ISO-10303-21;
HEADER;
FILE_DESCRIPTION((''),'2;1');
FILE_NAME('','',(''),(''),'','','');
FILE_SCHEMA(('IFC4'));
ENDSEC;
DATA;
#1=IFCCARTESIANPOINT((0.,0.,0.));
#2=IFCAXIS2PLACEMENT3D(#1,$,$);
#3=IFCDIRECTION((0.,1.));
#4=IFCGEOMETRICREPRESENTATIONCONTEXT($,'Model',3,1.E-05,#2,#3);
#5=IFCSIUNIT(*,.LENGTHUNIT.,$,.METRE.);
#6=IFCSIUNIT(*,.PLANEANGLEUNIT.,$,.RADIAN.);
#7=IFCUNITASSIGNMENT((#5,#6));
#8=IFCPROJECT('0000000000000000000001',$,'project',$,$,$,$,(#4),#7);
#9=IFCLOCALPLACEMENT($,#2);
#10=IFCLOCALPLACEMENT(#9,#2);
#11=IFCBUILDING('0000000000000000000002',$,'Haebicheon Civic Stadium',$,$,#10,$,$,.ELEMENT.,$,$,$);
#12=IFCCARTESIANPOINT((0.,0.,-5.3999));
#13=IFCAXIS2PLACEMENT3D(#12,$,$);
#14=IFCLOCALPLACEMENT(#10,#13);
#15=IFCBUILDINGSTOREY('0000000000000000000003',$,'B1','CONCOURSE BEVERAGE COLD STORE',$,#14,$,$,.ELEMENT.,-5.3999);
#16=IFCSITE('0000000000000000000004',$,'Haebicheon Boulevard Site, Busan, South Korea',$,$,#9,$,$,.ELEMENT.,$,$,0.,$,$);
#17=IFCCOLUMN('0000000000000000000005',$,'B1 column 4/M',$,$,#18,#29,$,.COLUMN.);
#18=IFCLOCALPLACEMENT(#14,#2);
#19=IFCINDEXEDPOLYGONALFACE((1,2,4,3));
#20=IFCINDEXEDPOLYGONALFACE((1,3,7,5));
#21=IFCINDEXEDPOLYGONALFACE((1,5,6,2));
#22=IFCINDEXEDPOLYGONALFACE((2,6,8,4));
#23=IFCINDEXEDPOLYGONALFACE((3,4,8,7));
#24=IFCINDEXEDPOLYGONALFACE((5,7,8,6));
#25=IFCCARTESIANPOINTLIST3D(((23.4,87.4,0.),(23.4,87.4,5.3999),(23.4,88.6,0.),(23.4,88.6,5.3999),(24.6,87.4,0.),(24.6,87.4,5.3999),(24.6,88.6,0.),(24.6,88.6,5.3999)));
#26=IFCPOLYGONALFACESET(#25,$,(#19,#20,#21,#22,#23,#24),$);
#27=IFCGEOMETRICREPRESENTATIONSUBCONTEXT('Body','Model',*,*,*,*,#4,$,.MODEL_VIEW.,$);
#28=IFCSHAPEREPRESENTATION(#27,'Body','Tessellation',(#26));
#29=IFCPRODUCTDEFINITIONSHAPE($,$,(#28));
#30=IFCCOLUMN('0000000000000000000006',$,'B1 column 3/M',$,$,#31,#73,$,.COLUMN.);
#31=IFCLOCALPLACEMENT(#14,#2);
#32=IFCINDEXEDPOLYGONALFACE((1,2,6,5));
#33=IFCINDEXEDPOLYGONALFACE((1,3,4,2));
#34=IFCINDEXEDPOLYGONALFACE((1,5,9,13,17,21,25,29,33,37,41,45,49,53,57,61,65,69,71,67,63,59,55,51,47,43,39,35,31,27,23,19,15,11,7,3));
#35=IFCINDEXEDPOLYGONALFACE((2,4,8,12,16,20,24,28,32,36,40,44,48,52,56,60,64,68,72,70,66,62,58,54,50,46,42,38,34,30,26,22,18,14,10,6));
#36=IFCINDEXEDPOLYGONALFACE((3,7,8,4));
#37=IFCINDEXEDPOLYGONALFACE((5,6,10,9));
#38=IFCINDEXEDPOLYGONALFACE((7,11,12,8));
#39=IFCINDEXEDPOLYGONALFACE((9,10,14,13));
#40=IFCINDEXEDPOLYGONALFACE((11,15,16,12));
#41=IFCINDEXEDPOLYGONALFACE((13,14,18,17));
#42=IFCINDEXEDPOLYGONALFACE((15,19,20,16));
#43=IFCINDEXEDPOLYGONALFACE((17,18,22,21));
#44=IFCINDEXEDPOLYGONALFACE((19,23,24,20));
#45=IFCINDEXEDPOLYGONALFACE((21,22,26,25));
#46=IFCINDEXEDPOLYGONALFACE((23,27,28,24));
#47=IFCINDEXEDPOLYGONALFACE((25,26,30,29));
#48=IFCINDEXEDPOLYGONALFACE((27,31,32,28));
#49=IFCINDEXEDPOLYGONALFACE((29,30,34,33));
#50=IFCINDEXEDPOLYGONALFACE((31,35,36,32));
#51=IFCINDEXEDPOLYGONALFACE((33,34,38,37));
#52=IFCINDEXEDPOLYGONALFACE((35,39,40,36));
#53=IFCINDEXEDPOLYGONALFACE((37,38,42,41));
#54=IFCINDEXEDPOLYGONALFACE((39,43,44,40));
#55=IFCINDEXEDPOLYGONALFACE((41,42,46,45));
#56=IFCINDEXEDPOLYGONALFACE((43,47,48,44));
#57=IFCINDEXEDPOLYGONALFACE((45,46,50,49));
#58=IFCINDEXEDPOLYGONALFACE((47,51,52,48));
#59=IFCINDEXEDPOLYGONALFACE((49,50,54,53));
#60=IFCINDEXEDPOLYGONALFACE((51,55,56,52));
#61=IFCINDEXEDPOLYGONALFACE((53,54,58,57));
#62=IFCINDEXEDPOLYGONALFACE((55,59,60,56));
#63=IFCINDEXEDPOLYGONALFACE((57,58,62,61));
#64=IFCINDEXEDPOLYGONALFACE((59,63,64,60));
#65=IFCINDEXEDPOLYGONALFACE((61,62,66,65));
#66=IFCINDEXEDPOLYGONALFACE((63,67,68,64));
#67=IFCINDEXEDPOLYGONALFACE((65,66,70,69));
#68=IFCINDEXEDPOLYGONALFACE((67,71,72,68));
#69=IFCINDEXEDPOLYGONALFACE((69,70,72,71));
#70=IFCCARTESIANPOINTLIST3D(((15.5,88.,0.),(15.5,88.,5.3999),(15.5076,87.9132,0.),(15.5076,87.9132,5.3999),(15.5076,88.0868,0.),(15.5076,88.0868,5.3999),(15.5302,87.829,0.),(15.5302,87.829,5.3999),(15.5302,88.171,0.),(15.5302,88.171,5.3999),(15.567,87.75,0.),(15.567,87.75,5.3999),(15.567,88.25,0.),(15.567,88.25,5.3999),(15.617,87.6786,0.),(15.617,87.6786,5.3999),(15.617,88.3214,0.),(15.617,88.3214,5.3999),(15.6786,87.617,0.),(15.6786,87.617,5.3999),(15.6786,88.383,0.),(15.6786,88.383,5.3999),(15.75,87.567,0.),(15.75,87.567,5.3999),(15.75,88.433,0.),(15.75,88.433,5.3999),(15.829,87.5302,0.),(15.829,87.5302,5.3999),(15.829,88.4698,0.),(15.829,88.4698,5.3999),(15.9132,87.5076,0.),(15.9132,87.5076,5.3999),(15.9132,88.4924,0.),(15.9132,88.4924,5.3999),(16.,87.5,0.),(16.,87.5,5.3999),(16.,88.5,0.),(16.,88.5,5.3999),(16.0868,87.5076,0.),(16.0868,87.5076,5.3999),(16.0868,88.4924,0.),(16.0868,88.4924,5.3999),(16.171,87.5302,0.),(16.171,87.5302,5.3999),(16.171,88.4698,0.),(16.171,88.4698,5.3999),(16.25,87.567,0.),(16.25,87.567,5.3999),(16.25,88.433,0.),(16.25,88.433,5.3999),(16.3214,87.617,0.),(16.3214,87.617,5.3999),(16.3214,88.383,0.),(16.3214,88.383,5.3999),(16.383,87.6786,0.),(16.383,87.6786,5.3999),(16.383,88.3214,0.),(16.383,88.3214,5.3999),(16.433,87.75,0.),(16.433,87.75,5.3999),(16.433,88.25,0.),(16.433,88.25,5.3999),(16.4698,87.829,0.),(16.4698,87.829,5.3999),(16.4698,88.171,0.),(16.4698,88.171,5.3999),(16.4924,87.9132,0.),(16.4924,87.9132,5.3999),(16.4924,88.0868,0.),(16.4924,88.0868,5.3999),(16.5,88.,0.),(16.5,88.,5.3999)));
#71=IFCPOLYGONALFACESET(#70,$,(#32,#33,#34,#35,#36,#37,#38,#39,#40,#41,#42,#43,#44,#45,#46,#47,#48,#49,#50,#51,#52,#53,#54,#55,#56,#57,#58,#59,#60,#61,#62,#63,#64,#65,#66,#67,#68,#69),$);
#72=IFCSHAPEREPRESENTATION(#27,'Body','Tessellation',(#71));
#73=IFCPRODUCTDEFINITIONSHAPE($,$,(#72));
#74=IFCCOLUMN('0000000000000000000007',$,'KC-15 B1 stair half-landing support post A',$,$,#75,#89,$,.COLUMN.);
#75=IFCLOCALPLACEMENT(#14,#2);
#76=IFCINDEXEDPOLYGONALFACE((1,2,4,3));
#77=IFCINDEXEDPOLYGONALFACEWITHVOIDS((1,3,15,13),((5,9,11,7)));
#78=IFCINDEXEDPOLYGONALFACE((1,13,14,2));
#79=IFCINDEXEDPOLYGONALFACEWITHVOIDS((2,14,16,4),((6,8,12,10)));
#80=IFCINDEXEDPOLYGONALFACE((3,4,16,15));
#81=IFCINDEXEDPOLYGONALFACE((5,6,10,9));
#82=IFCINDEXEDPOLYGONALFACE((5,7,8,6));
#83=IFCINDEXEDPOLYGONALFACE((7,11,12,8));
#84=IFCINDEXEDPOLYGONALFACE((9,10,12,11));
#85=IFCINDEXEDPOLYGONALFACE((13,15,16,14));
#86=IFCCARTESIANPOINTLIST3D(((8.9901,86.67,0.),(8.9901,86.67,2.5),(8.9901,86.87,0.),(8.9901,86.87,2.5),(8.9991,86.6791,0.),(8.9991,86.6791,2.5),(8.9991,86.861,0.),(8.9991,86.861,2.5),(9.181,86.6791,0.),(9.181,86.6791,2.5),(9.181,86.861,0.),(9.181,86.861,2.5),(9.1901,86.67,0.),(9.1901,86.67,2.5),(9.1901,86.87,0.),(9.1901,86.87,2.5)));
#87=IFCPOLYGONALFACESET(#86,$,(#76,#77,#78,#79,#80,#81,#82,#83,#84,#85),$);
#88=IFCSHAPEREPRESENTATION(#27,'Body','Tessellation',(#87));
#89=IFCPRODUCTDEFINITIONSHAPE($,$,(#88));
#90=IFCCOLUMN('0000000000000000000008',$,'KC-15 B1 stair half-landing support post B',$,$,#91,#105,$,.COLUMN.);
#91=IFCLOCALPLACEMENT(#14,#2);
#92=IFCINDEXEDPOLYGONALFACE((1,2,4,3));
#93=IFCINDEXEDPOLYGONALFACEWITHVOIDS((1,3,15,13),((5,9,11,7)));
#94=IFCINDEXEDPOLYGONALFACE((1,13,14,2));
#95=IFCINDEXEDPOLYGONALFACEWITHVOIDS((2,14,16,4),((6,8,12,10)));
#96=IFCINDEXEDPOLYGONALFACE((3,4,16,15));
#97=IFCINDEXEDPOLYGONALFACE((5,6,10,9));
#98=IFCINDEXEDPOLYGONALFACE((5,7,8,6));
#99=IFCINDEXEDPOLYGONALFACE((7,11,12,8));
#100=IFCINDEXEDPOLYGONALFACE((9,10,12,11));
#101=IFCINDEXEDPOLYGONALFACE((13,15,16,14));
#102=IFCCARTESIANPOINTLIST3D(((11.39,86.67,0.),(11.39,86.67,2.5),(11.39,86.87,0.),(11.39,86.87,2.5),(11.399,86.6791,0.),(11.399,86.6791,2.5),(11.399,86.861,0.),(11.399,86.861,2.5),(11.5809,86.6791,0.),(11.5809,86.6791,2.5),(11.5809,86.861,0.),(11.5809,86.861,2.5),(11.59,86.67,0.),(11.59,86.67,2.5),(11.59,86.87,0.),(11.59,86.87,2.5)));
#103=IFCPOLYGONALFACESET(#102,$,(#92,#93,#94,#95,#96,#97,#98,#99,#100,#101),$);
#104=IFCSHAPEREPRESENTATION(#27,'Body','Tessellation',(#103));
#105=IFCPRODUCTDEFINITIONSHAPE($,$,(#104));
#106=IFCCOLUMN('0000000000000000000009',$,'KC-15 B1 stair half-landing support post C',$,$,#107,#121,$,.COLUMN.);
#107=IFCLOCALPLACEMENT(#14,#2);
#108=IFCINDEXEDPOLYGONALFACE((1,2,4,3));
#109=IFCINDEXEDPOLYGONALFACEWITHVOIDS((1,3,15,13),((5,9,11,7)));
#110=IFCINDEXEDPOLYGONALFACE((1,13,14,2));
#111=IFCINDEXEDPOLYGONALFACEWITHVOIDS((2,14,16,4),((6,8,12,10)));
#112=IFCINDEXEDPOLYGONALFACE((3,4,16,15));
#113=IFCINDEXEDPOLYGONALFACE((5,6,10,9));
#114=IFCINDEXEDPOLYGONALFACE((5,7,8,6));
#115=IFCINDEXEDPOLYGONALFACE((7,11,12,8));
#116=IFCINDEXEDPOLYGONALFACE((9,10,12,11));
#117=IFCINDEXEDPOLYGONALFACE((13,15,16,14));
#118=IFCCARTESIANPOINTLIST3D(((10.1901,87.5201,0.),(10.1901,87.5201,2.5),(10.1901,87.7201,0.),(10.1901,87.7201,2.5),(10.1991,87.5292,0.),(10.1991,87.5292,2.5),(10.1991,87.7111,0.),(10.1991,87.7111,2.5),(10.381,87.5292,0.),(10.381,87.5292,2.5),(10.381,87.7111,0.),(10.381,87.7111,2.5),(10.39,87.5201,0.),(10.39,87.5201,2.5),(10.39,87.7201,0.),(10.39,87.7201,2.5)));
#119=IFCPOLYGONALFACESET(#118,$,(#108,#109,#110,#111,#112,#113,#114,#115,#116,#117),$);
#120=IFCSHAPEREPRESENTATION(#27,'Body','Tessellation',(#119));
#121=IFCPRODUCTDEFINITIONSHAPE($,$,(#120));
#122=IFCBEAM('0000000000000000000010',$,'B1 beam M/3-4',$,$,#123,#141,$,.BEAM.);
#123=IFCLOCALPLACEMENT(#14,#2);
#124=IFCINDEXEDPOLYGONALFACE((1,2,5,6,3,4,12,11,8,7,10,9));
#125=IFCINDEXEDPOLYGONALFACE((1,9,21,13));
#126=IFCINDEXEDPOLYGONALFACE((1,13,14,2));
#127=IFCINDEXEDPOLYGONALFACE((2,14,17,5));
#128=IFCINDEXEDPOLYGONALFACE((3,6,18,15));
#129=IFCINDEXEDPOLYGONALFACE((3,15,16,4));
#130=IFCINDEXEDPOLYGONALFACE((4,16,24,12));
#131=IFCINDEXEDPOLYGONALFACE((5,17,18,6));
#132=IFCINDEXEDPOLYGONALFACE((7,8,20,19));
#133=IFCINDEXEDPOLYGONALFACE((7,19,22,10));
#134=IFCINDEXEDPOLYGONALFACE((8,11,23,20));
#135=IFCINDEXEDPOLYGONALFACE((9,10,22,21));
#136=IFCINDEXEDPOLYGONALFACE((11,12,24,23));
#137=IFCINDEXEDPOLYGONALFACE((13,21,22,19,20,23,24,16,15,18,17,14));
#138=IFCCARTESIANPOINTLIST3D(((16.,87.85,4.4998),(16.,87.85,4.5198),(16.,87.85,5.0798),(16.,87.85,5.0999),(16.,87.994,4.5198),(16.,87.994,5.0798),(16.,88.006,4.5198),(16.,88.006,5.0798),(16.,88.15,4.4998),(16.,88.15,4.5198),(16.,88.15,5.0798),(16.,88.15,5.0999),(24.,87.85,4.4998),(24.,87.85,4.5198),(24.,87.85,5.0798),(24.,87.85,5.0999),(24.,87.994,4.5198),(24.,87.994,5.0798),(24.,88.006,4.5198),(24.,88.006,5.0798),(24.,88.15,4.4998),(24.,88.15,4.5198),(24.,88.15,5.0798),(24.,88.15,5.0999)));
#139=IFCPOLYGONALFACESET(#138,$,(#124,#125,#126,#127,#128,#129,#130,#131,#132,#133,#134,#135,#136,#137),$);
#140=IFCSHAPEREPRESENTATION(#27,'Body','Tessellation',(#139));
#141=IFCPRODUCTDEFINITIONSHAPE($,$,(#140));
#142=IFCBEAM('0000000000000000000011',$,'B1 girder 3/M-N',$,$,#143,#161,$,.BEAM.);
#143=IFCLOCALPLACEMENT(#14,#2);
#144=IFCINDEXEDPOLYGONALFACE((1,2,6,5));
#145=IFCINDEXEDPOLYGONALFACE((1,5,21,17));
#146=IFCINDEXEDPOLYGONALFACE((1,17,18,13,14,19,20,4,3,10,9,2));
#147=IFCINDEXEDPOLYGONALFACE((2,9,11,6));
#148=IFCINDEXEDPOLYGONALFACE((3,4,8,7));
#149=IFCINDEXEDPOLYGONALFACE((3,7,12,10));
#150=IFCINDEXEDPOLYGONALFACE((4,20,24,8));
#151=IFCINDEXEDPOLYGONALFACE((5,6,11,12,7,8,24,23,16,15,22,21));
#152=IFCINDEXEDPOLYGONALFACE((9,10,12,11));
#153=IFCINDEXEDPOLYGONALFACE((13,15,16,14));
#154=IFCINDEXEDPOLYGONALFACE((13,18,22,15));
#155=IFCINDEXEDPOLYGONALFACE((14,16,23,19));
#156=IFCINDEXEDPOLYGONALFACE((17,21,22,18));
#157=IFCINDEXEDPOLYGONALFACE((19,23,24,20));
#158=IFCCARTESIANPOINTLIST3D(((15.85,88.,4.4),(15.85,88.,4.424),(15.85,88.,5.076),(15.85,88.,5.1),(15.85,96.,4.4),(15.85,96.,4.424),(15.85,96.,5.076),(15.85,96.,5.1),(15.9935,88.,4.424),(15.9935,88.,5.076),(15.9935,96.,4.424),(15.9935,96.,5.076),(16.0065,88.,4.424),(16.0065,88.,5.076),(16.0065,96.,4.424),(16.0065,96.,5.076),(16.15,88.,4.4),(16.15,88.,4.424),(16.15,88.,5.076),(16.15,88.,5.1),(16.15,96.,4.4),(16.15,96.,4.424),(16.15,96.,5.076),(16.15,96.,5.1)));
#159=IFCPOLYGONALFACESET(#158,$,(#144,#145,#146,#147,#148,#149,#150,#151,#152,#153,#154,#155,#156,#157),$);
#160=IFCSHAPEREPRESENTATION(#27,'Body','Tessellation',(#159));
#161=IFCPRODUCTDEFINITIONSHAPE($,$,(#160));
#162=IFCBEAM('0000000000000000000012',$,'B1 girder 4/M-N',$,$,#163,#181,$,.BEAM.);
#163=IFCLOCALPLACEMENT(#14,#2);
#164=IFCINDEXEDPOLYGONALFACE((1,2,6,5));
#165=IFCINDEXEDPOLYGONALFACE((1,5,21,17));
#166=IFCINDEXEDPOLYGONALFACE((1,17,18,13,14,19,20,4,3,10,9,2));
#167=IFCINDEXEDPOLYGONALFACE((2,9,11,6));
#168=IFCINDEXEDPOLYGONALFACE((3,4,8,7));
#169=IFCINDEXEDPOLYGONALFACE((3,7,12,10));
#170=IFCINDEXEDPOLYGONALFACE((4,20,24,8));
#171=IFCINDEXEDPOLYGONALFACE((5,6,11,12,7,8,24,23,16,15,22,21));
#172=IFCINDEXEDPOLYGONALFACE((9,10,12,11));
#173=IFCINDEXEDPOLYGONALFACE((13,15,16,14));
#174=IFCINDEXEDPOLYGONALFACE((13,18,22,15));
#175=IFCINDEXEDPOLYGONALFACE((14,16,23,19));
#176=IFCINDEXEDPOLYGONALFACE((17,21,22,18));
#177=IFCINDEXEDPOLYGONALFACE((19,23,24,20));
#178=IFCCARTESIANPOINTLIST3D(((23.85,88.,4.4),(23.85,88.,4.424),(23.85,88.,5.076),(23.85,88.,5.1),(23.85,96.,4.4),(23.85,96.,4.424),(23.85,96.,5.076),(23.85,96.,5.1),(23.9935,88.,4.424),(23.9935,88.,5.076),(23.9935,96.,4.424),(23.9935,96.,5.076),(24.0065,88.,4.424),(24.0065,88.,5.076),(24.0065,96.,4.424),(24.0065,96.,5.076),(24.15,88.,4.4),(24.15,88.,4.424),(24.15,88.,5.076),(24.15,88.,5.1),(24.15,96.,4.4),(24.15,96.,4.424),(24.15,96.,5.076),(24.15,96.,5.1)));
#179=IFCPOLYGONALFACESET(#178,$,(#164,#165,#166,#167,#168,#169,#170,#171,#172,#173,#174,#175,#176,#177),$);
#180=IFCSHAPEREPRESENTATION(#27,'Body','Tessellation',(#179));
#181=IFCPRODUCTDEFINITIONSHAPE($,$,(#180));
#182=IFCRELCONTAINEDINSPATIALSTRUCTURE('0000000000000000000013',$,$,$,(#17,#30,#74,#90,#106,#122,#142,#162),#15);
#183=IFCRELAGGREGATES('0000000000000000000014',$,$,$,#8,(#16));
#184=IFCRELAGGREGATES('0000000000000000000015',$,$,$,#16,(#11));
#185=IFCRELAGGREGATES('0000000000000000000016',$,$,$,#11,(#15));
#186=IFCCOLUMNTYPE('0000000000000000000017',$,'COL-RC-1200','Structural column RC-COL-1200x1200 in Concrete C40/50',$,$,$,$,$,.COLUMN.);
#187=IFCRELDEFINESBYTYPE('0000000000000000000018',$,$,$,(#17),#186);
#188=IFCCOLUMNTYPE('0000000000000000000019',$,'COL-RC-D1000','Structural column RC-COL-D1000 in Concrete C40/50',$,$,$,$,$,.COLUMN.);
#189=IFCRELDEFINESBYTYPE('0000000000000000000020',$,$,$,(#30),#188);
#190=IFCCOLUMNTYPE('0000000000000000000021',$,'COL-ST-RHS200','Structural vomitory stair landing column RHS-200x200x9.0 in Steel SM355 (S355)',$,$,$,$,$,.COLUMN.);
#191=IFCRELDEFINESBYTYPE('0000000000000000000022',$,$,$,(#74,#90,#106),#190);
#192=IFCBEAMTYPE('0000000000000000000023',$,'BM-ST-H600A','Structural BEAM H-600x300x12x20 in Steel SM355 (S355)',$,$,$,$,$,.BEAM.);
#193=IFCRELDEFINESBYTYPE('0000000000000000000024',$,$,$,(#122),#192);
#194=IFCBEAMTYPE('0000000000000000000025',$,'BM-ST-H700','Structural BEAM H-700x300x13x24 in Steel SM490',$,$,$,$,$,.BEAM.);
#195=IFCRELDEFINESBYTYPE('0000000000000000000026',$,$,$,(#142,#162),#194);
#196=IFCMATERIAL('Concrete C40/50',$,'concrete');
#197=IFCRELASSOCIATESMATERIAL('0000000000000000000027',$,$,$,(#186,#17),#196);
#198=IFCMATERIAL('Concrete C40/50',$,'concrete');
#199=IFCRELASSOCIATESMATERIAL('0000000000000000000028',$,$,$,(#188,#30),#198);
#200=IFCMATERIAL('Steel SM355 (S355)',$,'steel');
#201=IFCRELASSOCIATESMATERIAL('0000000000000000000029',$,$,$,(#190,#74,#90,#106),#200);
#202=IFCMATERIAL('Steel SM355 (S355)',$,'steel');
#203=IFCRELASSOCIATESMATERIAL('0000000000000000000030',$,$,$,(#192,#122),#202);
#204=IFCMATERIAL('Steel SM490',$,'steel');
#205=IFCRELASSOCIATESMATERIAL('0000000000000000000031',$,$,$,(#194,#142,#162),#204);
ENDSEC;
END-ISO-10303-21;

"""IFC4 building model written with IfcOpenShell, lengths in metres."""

from ifc_helpers import new_model, si_unit, direction, frame, origin, origin_2d, place, context, subcontext, project, spatial, rectangle, hollow_rectangle, circle, i_section, extrude, material, material_profile, profile_set, type_object, element, save


model = new_model("IFC4")

# Units and contexts
model_context = context("Model", 3, precision=1e-05, world=origin(), true_north=direction((0.0, 1.0)))
body_context = subcontext(model_context, "Body", "Model", "MODEL_VIEW")
ifc_project = project(units=[si_unit("LENGTHUNIT", "METRE"), si_unit("PLANEANGLEUNIT", "RADIAN")], contexts=[model_context])

# Site, building, storey
site_placement = place(None, origin())
site = spatial("IfcSite", under=ifc_project, at=site_placement, Name="Haebicheon Boulevard Site, Busan, South Korea", CompositionType="ELEMENT", RefElevation=0.0)
building_placement = place(site_placement, origin())
building = spatial("IfcBuilding", under=site, at=building_placement, Name="Haebicheon Civic Stadium", CompositionType="ELEMENT")
storey_placement = place(building_placement, frame((0.0, 0.0, -5.3999)))
storey = spatial("IfcBuildingStorey", under=building, at=storey_placement, Name="B1", Description="CONCOURSE BEVERAGE COLD STORE", CompositionType="ELEMENT", Elevation=-5.3999)

# Columns
ifc_material_1 = material(Name="Concrete C40/50", Category="concrete")
ifc_material_profile_1 = material_profile(ifc_material_1, rectangle(XDim=1.2, YDim=1.2, at=origin_2d()), Name="RC-COL-1200x1200")
ifc_profile_set_1 = profile_set([ifc_material_profile_1], Name="Concrete C40/50")
column_type_1 = type_object("IfcColumnType", Name="COL-RC-1200", Description="Structural column RC-COL-1200x1200 in Concrete C40/50", PredefinedType="COLUMN", material=ifc_profile_set_1)
column_1_placement = place(storey_placement, frame((24.0, 88.0, 0.0), z_axis=(0.0, 0.0, 1.0), x_axis=(1.0, 0.0, 0.0)))
element("IfcColumn", 1, at=column_1_placement, inside=storey, type_object=column_type_1, material=ifc_profile_set_1, Name="B1 column 4/M", PredefinedType="COLUMN", context=body_context, shape_type="SweptSolid", body=[
    extrude(rectangle(XDim=1.2, YDim=1.2, at=origin_2d()), origin(), (0.0, 0.0, 1.0), 5.3999),
])
ifc_material_2 = material(Name="Concrete C40/50", Category="concrete")
ifc_material_profile_2 = material_profile(ifc_material_2, circle(Radius=0.5, at=origin_2d()), Name="RC-COL-D1000")
ifc_profile_set_2 = profile_set([ifc_material_profile_2], Name="Concrete C40/50")
column_type_2 = type_object("IfcColumnType", Name="COL-RC-D1000", Description="Structural column RC-COL-D1000 in Concrete C40/50", PredefinedType="COLUMN", material=ifc_profile_set_2)
column_2_placement = place(storey_placement, frame((16.0, 88.0, 0.0), z_axis=(0.0, 0.0, 1.0), x_axis=(1.0, 0.0, 0.0)))
element("IfcColumn", 2, at=column_2_placement, inside=storey, type_object=column_type_2, material=ifc_profile_set_2, Name="B1 column 3/M", PredefinedType="COLUMN", context=body_context, shape_type="SweptSolid", body=[
    extrude(circle(Radius=0.5, at=origin_2d()), origin(), (0.0, 0.0, 1.0), 5.3999),
])
ifc_material_3 = material(Name="Steel SM355 (S355)", Category="steel")
ifc_material_profile_3 = material_profile(ifc_material_3, hollow_rectangle(XDim=0.2, YDim=0.2, WallThickness=0.009, at=origin_2d()), Name="RHS-200x200x9.0")
ifc_profile_set_3 = profile_set([ifc_material_profile_3], Name="Steel SM355 (S355)")
column_type_3 = type_object("IfcColumnType", Name="COL-ST-RHS200", Description="Structural vomitory stair landing column RHS-200x200x9.0 in Steel SM355 (S355)", PredefinedType="COLUMN", material=ifc_profile_set_3)
for number, where, z_axis, x_axis, name in (
    (3, (9.0901, 86.77, 0.0), (0.0, 0.0, 1.0), (1.0, 0.0, 0.0), "KC-15 B1 stair half-landing support post A"),
    (4, (11.49, 86.77, 0.0), (0.0, 0.0, 1.0), (1.0, 0.0, 0.0), "KC-15 B1 stair half-landing support post B"),
    (5, (10.29, 87.6201, 0.0), (0.0, 0.0, 1.0), (1.0, 0.0, 0.0), "KC-15 B1 stair half-landing support post C"),
):
    element("IfcColumn", number, at=place(storey_placement, frame(where, z_axis=z_axis, x_axis=x_axis)), inside=storey, type_object=column_type_3, material=ifc_profile_set_3, Name=name, PredefinedType="COLUMN", context=body_context, shape_type="SweptSolid", body=[
        extrude(hollow_rectangle(XDim=0.2, YDim=0.2, WallThickness=0.009, at=origin_2d()), origin(), (0.0, 0.0, 1.0), 2.5),
    ])

# Beams
ifc_material_4 = material(Name="Steel SM355 (S355)", Category="steel")
ifc_material_profile_4 = material_profile(ifc_material_4, i_section(OverallWidth=0.3, OverallDepth=0.6001, WebThickness=0.012, FlangeThickness=0.02, at=origin_2d()), Name="H-600x300x12x20")
ifc_profile_set_4 = profile_set([ifc_material_profile_4], Name="Steel SM355 (S355)")
beam_type_1 = type_object("IfcBeamType", Name="BM-ST-H600A", Description="Structural BEAM H-600x300x12x20 in Steel SM355 (S355)", PredefinedType="BEAM", material=ifc_profile_set_4)
beam_placement = place(storey_placement, frame((16.0, 88.0, 4.7998), z_axis=(1.0, 0.0, 0.0), x_axis=(0.0, 1.0, 0.0)))
element("IfcBeam", 6, at=beam_placement, inside=storey, type_object=beam_type_1, material=ifc_profile_set_4, Name="B1 beam M/3-4", PredefinedType="BEAM", context=body_context, shape_type="SweptSolid", body=[
    extrude(i_section(OverallWidth=0.3, OverallDepth=0.6001, WebThickness=0.012, FlangeThickness=0.02, at=origin_2d()), origin(), (0.0, 0.0, 1.0), 8.0),
])
ifc_material_5 = material(Name="Steel SM490", Category="steel")
ifc_material_profile_5 = material_profile(ifc_material_5, i_section(OverallWidth=0.3, OverallDepth=0.7, WebThickness=0.0129, FlangeThickness=0.0239, at=origin_2d()), Name="H-700x300x13x24")
ifc_profile_set_5 = profile_set([ifc_material_profile_5], Name="Steel SM490")
beam_type_2 = type_object("IfcBeamType", Name="BM-ST-H700", Description="Structural BEAM H-700x300x13x24 in Steel SM490", PredefinedType="BEAM", material=ifc_profile_set_5)
for number, where, z_axis, x_axis, name in (
    (7, (16.0, 88.0, 4.75), (0.0, 1.0, 0.0), (-1.0, 0.0, 0.0), "B1 girder 3/M-N"),
    (8, (24.0, 88.0, 4.75), (0.0, 1.0, 0.0), (-1.0, 0.0, 0.0), "B1 girder 4/M-N"),
):
    element("IfcBeam", number, at=place(storey_placement, frame(where, z_axis=z_axis, x_axis=x_axis)), inside=storey, type_object=beam_type_2, material=ifc_profile_set_5, Name=name, PredefinedType="BEAM", context=body_context, shape_type="SweptSolid", body=[
        extrude(i_section(OverallWidth=0.3, OverallDepth=0.7, WebThickness=0.0129, FlangeThickness=0.0239, at=origin_2d()), origin(), (0.0, 0.0, 1.0), 8.0),
    ])

save(model, "model.ifc")
